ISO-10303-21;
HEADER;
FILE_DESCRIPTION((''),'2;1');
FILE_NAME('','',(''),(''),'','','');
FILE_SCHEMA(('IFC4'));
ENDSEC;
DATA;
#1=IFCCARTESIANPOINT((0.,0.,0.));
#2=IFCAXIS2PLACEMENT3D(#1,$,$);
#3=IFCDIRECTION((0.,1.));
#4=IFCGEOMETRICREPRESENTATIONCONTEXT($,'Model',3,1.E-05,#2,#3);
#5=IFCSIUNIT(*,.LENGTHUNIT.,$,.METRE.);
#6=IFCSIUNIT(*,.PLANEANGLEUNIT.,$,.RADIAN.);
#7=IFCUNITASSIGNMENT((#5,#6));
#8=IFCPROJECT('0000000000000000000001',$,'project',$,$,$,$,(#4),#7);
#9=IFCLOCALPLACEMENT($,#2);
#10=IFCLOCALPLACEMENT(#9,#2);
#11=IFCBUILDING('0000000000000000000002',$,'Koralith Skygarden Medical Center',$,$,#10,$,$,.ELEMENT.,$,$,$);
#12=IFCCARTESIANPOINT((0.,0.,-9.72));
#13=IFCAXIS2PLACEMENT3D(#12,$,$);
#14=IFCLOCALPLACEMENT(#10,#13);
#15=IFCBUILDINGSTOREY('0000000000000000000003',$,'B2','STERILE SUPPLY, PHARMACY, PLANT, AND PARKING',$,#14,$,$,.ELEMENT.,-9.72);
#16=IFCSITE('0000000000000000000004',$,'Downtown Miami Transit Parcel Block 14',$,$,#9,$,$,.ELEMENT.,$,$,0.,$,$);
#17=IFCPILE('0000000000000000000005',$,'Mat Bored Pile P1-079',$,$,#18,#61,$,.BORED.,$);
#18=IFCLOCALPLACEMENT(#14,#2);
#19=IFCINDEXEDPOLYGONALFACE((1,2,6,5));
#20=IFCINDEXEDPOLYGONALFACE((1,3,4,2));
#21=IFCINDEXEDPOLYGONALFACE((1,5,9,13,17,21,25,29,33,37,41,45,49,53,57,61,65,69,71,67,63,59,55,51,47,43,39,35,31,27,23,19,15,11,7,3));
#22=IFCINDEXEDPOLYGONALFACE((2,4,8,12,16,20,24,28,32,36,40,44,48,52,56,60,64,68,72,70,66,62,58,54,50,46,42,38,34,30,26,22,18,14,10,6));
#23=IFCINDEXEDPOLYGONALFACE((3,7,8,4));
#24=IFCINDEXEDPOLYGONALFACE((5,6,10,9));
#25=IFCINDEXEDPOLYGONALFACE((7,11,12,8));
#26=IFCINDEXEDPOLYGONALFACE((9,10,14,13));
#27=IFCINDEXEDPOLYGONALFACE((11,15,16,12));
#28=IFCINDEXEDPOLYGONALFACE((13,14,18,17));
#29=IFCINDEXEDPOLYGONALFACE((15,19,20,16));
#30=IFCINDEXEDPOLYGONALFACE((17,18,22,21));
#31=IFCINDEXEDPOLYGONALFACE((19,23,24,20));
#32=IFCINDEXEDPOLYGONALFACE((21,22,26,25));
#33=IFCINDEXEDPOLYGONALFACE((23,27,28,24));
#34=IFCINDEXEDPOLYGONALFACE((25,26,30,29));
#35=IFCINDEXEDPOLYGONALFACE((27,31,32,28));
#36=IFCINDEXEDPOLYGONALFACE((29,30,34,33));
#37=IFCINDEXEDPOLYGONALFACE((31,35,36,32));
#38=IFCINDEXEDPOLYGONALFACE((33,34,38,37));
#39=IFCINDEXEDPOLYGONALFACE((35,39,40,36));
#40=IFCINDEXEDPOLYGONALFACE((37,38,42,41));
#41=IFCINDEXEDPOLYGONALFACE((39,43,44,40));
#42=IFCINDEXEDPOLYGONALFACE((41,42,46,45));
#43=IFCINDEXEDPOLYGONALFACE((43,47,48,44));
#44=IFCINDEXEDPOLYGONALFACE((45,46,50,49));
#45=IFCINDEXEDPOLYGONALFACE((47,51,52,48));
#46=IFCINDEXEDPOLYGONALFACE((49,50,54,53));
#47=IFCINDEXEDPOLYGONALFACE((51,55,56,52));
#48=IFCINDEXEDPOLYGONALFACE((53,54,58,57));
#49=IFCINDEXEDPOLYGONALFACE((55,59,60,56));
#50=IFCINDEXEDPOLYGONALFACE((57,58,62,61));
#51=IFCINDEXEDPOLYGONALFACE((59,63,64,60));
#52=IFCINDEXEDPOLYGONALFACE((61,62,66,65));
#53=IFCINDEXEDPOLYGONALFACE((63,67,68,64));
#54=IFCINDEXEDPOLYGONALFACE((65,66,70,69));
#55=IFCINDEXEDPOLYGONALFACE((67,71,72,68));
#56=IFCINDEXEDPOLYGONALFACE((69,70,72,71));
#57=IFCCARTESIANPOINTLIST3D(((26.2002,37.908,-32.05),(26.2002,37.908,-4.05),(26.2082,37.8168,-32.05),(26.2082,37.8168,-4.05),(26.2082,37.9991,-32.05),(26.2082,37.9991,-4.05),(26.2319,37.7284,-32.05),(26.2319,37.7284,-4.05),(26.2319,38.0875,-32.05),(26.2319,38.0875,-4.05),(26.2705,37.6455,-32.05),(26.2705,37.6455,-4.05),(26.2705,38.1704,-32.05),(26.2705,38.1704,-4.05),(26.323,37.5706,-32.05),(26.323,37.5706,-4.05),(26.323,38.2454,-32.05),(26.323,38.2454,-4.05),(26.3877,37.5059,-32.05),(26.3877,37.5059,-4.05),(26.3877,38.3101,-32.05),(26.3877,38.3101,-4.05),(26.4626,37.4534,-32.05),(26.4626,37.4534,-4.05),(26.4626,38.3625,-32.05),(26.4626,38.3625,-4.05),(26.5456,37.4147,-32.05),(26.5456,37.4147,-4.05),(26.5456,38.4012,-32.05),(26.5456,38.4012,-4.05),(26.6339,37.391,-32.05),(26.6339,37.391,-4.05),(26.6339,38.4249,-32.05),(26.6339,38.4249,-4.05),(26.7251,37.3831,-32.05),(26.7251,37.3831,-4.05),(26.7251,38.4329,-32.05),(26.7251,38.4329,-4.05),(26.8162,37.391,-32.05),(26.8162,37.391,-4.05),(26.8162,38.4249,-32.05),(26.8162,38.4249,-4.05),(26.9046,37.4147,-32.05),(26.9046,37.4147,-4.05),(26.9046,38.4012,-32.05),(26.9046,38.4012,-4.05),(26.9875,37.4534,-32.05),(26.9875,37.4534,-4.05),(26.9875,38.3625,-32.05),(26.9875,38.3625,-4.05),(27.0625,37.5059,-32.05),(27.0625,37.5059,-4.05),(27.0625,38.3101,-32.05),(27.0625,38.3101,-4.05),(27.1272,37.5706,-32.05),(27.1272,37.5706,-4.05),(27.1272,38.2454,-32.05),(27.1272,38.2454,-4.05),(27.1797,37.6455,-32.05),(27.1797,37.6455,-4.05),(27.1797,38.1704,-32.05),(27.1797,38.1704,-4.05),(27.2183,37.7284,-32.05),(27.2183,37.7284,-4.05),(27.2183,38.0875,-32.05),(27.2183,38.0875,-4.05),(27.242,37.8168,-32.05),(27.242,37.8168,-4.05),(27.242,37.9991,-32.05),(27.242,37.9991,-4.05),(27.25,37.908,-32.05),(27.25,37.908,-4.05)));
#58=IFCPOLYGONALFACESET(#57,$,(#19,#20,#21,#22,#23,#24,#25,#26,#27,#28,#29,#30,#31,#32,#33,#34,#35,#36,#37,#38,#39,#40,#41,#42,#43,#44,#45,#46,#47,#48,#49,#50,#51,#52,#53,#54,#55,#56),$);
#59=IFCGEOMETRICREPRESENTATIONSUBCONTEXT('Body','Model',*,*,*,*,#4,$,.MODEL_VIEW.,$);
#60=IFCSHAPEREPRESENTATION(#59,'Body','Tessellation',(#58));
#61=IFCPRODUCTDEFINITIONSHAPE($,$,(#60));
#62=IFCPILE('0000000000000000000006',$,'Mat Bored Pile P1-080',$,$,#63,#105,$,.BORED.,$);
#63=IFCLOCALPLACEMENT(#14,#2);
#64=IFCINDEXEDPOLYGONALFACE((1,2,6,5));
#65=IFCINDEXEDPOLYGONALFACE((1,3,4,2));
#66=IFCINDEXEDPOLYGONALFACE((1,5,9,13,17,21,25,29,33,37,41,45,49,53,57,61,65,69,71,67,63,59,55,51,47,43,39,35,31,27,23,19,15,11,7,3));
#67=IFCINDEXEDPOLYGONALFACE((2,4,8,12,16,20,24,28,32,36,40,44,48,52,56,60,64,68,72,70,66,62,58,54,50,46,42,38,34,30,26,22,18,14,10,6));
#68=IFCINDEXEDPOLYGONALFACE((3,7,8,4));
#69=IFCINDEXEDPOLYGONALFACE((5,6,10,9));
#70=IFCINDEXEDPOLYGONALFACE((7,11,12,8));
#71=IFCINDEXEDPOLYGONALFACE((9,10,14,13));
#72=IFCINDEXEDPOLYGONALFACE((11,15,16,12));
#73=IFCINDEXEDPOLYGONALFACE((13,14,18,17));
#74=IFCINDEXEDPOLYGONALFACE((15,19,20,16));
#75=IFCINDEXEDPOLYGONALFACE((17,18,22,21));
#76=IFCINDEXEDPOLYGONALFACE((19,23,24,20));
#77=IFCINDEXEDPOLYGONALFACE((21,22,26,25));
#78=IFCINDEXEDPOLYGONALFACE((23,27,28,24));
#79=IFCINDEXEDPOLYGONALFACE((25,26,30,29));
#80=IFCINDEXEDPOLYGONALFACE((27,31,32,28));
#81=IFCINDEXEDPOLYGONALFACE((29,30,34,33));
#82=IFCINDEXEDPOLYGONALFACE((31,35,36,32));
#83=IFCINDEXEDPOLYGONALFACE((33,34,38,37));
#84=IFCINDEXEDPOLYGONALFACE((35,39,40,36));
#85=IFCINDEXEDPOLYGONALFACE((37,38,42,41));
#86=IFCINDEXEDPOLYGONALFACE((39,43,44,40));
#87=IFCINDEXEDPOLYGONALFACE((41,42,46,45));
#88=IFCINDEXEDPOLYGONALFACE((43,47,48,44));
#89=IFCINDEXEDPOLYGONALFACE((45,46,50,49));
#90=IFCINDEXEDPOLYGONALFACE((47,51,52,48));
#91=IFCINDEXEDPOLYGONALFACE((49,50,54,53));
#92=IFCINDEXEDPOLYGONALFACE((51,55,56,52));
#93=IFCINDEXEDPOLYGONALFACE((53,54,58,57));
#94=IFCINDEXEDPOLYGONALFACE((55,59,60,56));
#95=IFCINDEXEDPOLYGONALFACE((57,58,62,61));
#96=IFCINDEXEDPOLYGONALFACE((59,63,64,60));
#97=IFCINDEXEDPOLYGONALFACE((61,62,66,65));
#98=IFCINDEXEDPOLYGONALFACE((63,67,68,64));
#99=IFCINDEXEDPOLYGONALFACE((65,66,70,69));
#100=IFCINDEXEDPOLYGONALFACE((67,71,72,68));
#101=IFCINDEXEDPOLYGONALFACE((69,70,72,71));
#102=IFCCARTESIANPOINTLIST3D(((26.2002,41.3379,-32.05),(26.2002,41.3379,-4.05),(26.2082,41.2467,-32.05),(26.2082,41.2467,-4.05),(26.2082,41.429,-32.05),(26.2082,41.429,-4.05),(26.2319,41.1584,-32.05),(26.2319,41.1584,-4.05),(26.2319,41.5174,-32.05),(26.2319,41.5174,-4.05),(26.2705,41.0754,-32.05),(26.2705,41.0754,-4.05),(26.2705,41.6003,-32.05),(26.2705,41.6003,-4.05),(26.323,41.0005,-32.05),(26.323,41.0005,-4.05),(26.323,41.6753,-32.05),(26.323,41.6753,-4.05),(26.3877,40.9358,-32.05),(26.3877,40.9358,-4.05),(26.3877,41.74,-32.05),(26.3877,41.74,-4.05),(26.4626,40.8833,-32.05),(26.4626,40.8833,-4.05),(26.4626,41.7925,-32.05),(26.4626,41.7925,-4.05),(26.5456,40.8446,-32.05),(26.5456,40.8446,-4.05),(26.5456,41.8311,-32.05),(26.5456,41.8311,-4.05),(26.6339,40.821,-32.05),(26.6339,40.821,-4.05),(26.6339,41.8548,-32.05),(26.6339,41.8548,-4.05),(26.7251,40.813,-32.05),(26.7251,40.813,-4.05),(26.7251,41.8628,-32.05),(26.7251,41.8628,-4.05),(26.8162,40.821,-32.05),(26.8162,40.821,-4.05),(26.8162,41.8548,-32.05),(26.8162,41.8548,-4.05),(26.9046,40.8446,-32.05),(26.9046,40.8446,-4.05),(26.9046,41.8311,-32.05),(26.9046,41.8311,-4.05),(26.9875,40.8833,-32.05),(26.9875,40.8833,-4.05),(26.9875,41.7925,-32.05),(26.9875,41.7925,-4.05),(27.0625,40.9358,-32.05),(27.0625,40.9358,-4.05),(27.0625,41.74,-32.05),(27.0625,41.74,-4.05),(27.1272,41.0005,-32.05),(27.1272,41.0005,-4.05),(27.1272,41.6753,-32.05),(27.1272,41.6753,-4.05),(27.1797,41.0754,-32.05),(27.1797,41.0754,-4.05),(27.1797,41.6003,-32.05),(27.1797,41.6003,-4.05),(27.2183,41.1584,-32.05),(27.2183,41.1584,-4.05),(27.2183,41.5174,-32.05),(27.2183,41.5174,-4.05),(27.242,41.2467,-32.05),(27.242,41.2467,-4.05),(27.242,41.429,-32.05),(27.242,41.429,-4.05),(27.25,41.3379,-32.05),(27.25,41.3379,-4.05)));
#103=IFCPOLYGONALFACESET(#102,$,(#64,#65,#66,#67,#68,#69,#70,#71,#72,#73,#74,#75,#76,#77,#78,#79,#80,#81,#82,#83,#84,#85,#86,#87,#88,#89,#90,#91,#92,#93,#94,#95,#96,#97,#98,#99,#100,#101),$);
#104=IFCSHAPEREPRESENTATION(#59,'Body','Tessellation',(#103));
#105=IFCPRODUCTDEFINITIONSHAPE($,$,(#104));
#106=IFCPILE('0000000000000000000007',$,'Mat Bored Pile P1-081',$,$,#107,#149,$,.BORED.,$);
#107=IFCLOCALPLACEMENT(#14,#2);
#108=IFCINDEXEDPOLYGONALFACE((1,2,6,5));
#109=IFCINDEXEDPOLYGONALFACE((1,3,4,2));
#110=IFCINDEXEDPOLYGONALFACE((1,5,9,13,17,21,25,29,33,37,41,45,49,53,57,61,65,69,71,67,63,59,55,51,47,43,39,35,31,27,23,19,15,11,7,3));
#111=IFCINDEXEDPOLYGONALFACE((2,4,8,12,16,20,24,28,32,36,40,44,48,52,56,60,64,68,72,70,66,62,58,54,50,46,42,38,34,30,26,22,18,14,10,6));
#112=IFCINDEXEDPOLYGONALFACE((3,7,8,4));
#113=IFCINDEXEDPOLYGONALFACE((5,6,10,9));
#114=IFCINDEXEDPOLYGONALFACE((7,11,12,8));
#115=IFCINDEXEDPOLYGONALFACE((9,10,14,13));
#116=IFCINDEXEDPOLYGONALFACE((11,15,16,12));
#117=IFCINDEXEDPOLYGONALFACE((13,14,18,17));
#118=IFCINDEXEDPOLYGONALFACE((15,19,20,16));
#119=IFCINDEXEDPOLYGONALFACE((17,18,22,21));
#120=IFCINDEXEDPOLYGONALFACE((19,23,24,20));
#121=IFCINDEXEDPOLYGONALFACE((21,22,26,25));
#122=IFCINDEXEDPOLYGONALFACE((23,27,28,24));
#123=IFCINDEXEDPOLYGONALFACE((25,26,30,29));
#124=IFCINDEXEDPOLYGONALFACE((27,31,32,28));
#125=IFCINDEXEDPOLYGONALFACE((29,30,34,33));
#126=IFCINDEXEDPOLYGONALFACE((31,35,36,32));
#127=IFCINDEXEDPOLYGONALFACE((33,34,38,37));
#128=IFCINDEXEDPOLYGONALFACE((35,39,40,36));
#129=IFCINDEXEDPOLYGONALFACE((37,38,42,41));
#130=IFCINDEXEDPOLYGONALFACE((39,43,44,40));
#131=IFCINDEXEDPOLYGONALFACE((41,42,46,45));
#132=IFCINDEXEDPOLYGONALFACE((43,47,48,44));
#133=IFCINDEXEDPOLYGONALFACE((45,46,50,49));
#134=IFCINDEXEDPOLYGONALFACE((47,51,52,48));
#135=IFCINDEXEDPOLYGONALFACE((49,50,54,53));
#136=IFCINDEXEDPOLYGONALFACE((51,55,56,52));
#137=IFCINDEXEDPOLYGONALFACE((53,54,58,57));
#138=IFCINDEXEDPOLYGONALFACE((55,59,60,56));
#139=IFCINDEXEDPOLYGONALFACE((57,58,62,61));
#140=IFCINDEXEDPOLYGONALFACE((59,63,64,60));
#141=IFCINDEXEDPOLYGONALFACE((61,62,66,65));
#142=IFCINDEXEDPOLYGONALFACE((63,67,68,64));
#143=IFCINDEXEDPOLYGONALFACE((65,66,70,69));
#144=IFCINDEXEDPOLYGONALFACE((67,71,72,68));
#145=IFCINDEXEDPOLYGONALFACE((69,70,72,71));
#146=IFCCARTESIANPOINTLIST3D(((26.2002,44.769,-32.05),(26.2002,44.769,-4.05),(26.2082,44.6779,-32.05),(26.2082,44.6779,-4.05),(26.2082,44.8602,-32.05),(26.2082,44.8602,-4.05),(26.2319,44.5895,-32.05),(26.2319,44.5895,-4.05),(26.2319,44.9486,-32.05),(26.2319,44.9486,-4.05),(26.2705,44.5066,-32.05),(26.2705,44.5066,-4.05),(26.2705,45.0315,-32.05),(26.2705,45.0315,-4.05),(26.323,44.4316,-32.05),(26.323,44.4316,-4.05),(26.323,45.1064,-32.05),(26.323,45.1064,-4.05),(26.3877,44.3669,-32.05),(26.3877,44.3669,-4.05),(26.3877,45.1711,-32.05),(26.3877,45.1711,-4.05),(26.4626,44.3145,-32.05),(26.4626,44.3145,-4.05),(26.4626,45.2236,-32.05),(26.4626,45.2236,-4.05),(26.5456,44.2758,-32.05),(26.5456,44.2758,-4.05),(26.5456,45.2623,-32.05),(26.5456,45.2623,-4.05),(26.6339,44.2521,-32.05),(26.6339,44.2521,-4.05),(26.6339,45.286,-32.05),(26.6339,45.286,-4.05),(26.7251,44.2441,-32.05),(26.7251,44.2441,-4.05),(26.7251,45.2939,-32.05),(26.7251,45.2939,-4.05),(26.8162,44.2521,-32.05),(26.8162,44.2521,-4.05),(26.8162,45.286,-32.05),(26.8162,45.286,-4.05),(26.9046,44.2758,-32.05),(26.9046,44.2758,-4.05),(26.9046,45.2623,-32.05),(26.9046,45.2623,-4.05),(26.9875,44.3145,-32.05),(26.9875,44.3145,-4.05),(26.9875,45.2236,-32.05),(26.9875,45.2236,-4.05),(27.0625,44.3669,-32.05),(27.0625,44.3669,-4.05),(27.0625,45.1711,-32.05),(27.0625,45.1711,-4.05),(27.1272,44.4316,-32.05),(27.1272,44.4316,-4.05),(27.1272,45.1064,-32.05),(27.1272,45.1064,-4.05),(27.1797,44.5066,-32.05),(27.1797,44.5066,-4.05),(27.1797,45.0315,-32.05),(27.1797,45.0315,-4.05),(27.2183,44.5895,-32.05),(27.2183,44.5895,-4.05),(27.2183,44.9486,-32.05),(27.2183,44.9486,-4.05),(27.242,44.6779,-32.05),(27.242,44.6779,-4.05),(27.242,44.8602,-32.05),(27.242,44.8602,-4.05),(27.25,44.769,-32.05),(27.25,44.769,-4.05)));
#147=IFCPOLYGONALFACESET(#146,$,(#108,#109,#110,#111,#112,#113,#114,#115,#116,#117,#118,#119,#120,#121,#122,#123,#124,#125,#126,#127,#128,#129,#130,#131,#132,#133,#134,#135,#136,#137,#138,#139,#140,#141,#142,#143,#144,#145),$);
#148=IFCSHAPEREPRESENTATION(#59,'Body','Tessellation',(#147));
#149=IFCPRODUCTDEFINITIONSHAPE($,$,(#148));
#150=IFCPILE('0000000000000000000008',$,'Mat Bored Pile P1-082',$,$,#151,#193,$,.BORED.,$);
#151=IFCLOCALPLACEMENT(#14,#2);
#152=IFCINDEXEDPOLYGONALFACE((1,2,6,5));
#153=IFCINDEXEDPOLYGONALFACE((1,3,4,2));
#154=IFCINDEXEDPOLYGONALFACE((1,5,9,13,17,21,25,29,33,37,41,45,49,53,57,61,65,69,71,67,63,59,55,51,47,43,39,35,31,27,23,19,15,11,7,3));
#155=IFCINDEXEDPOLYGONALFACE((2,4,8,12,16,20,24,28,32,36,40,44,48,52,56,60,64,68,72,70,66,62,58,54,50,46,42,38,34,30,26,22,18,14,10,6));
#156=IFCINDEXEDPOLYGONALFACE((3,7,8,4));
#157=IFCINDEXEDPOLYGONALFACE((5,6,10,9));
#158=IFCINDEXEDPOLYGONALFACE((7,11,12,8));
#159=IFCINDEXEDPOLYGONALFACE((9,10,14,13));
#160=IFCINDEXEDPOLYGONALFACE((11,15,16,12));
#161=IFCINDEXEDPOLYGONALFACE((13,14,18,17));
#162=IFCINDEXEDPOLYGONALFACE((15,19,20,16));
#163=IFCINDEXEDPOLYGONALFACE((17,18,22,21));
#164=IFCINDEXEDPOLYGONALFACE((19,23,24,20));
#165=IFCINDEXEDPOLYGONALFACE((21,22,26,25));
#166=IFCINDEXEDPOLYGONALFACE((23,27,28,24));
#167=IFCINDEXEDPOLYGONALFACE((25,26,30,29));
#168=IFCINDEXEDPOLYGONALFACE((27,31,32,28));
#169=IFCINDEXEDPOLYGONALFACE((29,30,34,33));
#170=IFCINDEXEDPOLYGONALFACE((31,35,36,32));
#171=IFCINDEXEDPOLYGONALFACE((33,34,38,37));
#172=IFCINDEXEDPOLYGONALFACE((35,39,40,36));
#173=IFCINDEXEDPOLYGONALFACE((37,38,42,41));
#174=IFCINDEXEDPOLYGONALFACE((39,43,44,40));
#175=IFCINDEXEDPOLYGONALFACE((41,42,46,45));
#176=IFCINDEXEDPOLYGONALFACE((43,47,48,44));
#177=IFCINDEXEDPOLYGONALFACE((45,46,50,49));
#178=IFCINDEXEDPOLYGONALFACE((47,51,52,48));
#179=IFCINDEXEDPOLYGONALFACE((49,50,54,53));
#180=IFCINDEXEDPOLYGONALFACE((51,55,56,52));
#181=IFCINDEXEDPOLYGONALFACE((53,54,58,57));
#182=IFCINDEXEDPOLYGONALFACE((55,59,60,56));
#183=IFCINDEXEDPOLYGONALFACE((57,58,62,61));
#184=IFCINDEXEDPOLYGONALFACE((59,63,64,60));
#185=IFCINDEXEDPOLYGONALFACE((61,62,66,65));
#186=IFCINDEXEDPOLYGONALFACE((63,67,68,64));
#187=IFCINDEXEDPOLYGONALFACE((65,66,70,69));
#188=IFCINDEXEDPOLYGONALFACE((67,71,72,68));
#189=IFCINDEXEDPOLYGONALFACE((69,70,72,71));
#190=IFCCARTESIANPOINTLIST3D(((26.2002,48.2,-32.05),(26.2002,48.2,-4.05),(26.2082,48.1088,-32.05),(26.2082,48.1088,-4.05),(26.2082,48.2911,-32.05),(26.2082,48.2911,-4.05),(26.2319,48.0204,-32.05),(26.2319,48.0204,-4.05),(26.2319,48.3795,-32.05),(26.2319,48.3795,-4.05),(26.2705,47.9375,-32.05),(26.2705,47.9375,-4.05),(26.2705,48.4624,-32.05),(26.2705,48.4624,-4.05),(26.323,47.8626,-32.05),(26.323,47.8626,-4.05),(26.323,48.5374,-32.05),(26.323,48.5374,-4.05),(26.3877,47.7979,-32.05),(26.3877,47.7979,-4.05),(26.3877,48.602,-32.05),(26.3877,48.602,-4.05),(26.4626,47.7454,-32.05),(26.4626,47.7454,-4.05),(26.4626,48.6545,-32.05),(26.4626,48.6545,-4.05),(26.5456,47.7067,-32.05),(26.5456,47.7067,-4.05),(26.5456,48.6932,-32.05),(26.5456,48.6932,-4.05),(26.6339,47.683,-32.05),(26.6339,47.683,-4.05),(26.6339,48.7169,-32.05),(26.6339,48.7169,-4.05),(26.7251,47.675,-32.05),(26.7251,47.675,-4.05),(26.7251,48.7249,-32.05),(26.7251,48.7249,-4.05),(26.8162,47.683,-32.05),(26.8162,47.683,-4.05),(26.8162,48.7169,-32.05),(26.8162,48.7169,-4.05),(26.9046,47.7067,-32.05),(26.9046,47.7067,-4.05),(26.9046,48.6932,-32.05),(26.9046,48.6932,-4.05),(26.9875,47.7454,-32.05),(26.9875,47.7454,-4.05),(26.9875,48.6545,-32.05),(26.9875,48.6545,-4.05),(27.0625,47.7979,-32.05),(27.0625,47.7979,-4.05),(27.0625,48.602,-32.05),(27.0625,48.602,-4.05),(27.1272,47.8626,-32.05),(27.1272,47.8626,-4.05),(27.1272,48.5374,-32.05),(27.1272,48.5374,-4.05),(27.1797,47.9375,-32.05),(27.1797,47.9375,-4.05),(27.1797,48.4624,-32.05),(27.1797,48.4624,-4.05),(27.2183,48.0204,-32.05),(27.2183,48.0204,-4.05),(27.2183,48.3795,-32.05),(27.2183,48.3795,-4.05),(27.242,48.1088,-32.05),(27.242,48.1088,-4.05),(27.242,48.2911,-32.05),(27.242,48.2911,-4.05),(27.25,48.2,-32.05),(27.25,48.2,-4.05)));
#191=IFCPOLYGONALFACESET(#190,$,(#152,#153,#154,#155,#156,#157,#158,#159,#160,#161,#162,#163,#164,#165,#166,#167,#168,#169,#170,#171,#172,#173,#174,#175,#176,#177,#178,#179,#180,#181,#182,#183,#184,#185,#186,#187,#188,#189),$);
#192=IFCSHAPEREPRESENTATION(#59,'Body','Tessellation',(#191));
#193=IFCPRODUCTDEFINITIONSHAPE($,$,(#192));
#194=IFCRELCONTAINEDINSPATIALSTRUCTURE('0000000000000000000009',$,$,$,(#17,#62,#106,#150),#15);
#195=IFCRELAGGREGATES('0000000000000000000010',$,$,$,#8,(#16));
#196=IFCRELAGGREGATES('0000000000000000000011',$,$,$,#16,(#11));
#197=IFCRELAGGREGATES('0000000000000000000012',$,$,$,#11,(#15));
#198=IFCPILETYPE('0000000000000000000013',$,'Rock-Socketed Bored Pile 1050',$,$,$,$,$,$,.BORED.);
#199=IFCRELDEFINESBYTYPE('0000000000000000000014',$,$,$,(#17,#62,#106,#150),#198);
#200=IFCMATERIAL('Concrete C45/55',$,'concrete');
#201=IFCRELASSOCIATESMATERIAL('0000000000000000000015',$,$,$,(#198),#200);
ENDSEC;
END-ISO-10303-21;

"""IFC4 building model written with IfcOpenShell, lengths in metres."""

from ifc_helpers import new_model, si_unit, direction, frame, origin, origin_2d, place, context, subcontext, project, spatial, circle, extrude, material, material_profile, profile_set, type_object, element, save


model = new_model("IFC4")

# Units and contexts
model_context = context("Model", 3, precision=1e-05, world=origin(), true_north=direction((0.0, 1.0)))
body_context = subcontext(model_context, "Body", "Model", "MODEL_VIEW")
ifc_project = project(units=[si_unit("LENGTHUNIT", "METRE"), si_unit("PLANEANGLEUNIT", "RADIAN")], contexts=[model_context])

# Site, building, storey
site_placement = place(None, origin())
site = spatial("IfcSite", under=ifc_project, at=site_placement, Name="Downtown Miami Transit Parcel Block 14", CompositionType="ELEMENT", RefElevation=0.0)
building_placement = place(site_placement, origin())
building = spatial("IfcBuilding", under=site, at=building_placement, Name="Koralith Skygarden Medical Center", CompositionType="ELEMENT")
storey_placement = place(building_placement, frame((0.0, 0.0, -9.72)))
storey = spatial("IfcBuildingStorey", under=building, at=storey_placement, Name="B2", Description="STERILE SUPPLY, PHARMACY, PLANT, AND PARKING", CompositionType="ELEMENT", Elevation=-9.72)

# Piles
ifc_material_1 = material(Name="Concrete C45/55", Category="concrete")
ifc_material_profile_1 = material_profile(ifc_material_1, circle(Radius=0.5249, at=origin_2d()), Name="PILE1050")
ifc_profile_set_1 = profile_set([ifc_material_profile_1], Name="Concrete C45/55")
pile_type_1 = type_object("IfcPileType", Name="Rock-Socketed Bored Pile 1050", PredefinedType="BORED", material=ifc_profile_set_1)
for number, where, z_axis, x_axis, name in (
    (1, (26.7251, 37.908, -4.05), (0.0, 0.0, -1.0), (1.0, 0.0, 0.0), "Mat Bored Pile P1-079"),
    (2, (26.7251, 41.3379, -4.05), (0.0, 0.0, -1.0), (1.0, 0.0, 0.0), "Mat Bored Pile P1-080"),
    (3, (26.7251, 44.769, -4.05), (0.0, 0.0, -1.0), (1.0, 0.0, 0.0), "Mat Bored Pile P1-081"),
    (4, (26.7251, 48.2, -4.05), (0.0, 0.0, -1.0), (1.0, 0.0, 0.0), "Mat Bored Pile P1-082"),
):
    element("IfcPile", number, at=place(storey_placement, frame(where, z_axis=z_axis, x_axis=x_axis)), inside=storey, type_object=pile_type_1, Name=name, PredefinedType="BORED", context=body_context, shape_type="SweptSolid", body=[
        extrude(circle(Radius=0.5249, at=origin_2d()), origin(), (0.0, 0.0, 1.0), 28.0),
    ])

save(model, "model.ifc")
